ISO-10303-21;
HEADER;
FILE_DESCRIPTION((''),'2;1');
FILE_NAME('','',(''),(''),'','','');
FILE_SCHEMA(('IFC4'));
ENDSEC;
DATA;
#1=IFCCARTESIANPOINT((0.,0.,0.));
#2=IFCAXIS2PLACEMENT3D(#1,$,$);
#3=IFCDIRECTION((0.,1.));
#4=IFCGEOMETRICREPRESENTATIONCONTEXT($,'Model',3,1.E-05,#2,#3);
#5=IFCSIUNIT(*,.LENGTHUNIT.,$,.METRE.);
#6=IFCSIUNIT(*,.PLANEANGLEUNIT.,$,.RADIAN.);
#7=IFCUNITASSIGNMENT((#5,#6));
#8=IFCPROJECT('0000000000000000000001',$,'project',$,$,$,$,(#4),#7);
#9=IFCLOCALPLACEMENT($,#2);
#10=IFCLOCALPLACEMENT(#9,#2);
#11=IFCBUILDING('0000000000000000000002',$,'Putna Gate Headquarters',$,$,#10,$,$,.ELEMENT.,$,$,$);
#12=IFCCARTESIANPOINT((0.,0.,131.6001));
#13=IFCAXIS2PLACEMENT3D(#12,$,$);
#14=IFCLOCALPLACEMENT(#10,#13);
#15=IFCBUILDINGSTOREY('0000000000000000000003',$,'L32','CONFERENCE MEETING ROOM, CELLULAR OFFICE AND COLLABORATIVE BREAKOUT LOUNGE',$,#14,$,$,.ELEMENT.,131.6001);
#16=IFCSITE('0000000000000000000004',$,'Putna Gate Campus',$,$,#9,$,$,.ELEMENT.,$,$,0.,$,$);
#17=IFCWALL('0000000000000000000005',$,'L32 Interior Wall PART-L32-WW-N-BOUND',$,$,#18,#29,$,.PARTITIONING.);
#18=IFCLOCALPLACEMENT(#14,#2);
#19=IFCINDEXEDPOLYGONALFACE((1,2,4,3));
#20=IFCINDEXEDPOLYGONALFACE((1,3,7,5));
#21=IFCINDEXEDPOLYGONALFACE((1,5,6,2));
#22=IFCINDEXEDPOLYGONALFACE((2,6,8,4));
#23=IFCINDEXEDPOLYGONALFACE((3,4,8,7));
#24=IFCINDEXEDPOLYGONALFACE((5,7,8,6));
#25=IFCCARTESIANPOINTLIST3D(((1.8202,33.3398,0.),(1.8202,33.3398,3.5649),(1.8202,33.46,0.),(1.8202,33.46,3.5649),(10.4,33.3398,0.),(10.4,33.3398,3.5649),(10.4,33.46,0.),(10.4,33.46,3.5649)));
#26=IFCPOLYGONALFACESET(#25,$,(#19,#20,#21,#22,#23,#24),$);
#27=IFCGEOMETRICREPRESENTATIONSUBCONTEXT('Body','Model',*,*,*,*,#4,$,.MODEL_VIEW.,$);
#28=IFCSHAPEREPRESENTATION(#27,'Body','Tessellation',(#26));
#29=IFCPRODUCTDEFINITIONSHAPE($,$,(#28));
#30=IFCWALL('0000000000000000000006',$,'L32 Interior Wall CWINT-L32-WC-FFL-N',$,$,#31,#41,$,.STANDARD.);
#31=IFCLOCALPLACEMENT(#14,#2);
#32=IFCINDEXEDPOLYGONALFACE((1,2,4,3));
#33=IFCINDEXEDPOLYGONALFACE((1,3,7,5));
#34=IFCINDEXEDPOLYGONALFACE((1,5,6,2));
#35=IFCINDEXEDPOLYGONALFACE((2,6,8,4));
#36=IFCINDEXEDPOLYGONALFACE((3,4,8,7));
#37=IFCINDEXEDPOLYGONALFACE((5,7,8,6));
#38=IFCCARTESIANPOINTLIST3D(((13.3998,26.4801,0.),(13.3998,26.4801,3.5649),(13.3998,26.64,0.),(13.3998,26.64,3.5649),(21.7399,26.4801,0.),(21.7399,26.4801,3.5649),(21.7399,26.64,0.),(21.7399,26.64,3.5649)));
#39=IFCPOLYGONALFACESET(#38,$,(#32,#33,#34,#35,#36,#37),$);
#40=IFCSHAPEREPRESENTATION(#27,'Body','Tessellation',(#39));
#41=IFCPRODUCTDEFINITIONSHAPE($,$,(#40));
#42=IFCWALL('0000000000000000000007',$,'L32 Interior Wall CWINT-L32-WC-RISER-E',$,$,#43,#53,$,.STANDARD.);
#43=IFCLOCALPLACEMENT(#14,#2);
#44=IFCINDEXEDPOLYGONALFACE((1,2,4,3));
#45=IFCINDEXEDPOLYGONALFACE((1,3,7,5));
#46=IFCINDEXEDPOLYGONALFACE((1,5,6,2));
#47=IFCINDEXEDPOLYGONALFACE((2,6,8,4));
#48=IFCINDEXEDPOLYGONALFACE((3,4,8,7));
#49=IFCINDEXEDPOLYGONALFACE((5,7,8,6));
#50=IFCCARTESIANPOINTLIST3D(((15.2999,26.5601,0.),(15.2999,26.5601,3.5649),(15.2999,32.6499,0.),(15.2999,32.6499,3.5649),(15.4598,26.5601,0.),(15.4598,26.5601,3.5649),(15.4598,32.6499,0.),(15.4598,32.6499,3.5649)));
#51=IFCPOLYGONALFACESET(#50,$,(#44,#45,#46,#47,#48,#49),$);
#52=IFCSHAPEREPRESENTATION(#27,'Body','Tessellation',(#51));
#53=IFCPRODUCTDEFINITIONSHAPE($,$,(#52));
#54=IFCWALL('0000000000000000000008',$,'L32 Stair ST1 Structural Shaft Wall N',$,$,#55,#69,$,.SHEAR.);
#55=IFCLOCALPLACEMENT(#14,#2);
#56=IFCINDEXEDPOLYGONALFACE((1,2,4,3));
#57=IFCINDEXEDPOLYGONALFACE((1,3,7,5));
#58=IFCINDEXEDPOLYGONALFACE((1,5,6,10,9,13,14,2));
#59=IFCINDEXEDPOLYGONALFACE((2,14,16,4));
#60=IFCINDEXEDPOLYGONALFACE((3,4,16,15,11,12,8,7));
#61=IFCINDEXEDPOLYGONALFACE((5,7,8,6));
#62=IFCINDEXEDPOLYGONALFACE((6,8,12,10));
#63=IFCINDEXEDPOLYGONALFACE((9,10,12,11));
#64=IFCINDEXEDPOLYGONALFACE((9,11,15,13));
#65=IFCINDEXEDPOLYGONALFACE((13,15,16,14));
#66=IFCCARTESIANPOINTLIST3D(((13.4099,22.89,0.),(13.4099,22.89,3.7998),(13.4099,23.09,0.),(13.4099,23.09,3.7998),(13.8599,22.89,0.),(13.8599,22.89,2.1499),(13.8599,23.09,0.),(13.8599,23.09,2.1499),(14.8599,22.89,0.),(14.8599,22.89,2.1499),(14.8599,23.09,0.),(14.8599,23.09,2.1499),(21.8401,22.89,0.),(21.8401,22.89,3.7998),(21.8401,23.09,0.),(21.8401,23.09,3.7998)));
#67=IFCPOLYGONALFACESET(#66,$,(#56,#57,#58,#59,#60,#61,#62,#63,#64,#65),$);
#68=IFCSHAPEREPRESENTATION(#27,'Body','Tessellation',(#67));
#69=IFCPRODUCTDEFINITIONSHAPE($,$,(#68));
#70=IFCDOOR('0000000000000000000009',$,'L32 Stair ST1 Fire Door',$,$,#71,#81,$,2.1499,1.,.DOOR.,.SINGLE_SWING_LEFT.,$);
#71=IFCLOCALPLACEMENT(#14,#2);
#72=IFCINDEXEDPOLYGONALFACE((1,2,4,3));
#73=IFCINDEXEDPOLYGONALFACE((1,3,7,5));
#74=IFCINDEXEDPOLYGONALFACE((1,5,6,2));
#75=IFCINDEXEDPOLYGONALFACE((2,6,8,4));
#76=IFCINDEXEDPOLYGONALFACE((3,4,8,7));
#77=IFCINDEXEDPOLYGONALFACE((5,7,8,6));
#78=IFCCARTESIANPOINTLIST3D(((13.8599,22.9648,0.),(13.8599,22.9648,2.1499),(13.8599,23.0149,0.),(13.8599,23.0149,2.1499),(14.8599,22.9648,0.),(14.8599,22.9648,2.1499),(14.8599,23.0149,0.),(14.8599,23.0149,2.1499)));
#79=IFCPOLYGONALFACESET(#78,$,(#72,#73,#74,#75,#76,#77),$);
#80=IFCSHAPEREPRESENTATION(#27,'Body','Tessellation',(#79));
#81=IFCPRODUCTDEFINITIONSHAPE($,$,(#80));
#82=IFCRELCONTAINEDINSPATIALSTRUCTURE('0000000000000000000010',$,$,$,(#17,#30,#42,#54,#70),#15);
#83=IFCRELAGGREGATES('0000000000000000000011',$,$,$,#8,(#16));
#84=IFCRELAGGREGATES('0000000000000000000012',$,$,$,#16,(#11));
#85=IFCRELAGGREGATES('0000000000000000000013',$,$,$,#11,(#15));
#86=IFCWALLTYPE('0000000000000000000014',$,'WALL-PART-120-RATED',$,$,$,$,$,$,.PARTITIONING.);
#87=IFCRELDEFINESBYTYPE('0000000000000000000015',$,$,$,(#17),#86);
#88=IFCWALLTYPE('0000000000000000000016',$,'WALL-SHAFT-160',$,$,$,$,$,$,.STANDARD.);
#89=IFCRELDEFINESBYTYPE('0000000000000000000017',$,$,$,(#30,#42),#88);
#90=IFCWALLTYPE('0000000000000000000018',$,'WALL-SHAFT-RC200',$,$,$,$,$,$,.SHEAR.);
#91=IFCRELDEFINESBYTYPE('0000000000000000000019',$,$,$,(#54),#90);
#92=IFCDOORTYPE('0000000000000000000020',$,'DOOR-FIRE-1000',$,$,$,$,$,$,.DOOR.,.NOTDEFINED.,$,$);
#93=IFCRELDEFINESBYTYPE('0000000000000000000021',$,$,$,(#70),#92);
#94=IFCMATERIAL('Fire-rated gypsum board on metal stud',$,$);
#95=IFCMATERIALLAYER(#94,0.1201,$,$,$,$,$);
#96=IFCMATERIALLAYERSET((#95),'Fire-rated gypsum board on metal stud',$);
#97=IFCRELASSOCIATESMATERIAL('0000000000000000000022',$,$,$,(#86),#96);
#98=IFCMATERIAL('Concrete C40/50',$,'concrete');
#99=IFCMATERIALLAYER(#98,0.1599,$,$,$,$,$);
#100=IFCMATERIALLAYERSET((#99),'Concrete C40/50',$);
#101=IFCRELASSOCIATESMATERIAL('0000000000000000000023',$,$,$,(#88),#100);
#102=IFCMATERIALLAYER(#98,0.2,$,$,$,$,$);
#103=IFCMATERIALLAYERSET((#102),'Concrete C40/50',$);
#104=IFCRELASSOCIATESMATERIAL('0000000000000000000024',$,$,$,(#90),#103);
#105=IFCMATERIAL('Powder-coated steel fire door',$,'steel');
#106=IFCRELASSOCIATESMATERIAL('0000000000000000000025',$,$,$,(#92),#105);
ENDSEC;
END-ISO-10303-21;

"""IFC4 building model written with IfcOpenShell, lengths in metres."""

from ifc_helpers import new_model, si_unit, direction, frame, frame_2d, origin, place, context, subcontext, project, spatial, rectangle, extrude, material, layer, layer_set, type_object, element, fill, save


model = new_model("IFC4")

# Units and contexts
model_context = context("Model", 3, precision=1e-05, world=origin(), true_north=direction((0.0, 1.0)))
body_context = subcontext(model_context, "Body", "Model", "MODEL_VIEW")
ifc_project = project(units=[si_unit("LENGTHUNIT", "METRE"), si_unit("PLANEANGLEUNIT", "RADIAN")], contexts=[model_context])

# Site, building, storey
site_placement = place(None, origin())
site = spatial("IfcSite", under=ifc_project, at=site_placement, Name="Putna Gate Campus", CompositionType="ELEMENT", RefElevation=0.0)
building_placement = place(site_placement, origin())
building = spatial("IfcBuilding", under=site, at=building_placement, Name="Putna Gate Headquarters", CompositionType="ELEMENT")
storey_placement = place(building_placement, frame((0.0, 0.0, 131.6001)))
storey = spatial("IfcBuildingStorey", under=building, at=storey_placement, Name="L32", Description="CONFERENCE MEETING ROOM, CELLULAR OFFICE AND COLLABORATIVE BREAKOUT LOUNGE", CompositionType="ELEMENT", Elevation=131.6001)

# Shared definitions
ifc_material_1 = material(Name="Fire-rated gypsum board on metal stud")
ifc_layer_1 = layer(ifc_material_1, 0.1201)
ifc_layer_set_1 = layer_set([ifc_layer_1], Name="Fire-rated gypsum board on metal stud")
wall_type_1 = type_object("IfcWallType", Name="WALL-PART-120-RATED", PredefinedType="PARTITIONING", material=ifc_layer_set_1)

# Walls
wall_1_placement = place(storey_placement, frame((1.8201, 33.3999, 0.0), z_axis=(0.0, 0.0, 1.0), x_axis=(1.0, 0.0, 0.0)))
element("IfcWall", 1, at=wall_1_placement, inside=storey, type_object=wall_type_1, Name="L32 Interior Wall PART-L32-WW-N-BOUND", PredefinedType="PARTITIONING", context=body_context, shape_type="SweptSolid", body=[
    extrude(rectangle(XDim=8.5798, YDim=0.1201, at=frame_2d((4.29, 0.0))), origin(), (0.0, 0.0, 1.0), 3.5649),
])
ifc_material_2 = material(Name="Concrete C40/50", Category="concrete")
ifc_layer_2 = layer(ifc_material_2, 0.1599)
ifc_layer_set_2 = layer_set([ifc_layer_2], Name="Concrete C40/50")
wall_type_2 = type_object("IfcWallType", Name="WALL-SHAFT-160", PredefinedType="STANDARD", material=ifc_layer_set_2)
wall_2_placement = place(storey_placement, frame((13.3999, 26.5601, 0.0), z_axis=(0.0, 0.0, 1.0), x_axis=(1.0, 0.0, 0.0)))
element("IfcWall", 2, at=wall_2_placement, inside=storey, type_object=wall_type_2, Name="L32 Interior Wall CWINT-L32-WC-FFL-N", PredefinedType="STANDARD", context=body_context, shape_type="SweptSolid", body=[
    extrude(rectangle(XDim=8.3401, YDim=0.1599, at=frame_2d((4.1699, 0.0))), origin(), (0.0, 0.0, 1.0), 3.5649),
])
wall_3_placement = place(storey_placement, frame((15.3799, 26.5601, 0.0), z_axis=(0.0, 0.0, 1.0), x_axis=(0.0, 1.0, 0.0)))
element("IfcWall", 3, at=wall_3_placement, inside=storey, type_object=wall_type_2, Name="L32 Interior Wall CWINT-L32-WC-RISER-E", PredefinedType="STANDARD", context=body_context, shape_type="SweptSolid", body=[
    extrude(rectangle(XDim=6.0898, YDim=0.1599, at=frame_2d((3.0449, 0.0))), origin(), (0.0, 0.0, 1.0), 3.5649),
])

# Wall, opening, door
ifc_layer_3 = layer(ifc_material_2, 0.2)
ifc_layer_set_3 = layer_set([ifc_layer_3], Name="Concrete C40/50")
wall_type_3 = type_object("IfcWallType", Name="WALL-SHAFT-RC200", PredefinedType="SHEAR", material=ifc_layer_set_3)
wall_4_placement = place(storey_placement, frame((13.4099, 22.99, 0.0), z_axis=(0.0, 0.0, 1.0), x_axis=(1.0, 0.0, 0.0)))
wall_4 = element("IfcWall", 4, at=wall_4_placement, inside=storey, type_object=wall_type_3, Name="L32 Stair ST1 Structural Shaft Wall N", PredefinedType="SHEAR", context=body_context, shape_type="SweptSolid", body=[
    extrude(rectangle(XDim=8.4302, YDim=0.2, at=frame_2d((4.2151, 0.0))), origin(), (0.0, 0.0, 1.0), 3.7998),
])
opening_1_placement = place(wall_4_placement, frame((0.45, 0.0, 0.0)))
opening_1 = element("IfcOpeningElement", 5, at=opening_1_placement, cuts=wall_4, PredefinedType="OPENING", context=body_context, shape_type="SweptSolid", body=[
    extrude(rectangle(XDim=1.0, YDim=2.1499, at=frame_2d((0.5, 1.075))), frame((0.0, 0.1099, 0.0), z_axis=(0.0, -1.0, 0.0), x_axis=(1.0, 0.0, 0.0)), (0.0, 0.0, 1.0), 0.22),
])
ifc_material_3 = material(Name="Powder-coated steel fire door", Category="steel")
door_type_1 = type_object("IfcDoorType", Name="DOOR-FIRE-1000", OperationType="NOTDEFINED", PredefinedType="DOOR", material=ifc_material_3)
door_1_placement = place(opening_1_placement, origin())
door_1 = element("IfcDoor", 6, at=door_1_placement, inside=storey, type_object=door_type_1, Name="L32 Stair ST1 Fire Door", OperationType="SINGLE_SWING_LEFT", OverallHeight=2.1499, OverallWidth=1.0, PredefinedType="DOOR", context=body_context, shape_type="SweptSolid", body=[
    extrude(rectangle(XDim=1.0, YDim=2.1499, at=frame_2d((0.5, 1.075))), frame((0.0, 0.0249, 0.0), z_axis=(0.0, -1.0, 0.0), x_axis=(1.0, 0.0, 0.0)), (0.0, 0.0, 1.0), 0.05),
])
fill(opening_1, door_1)

save(model, "model.ifc")
